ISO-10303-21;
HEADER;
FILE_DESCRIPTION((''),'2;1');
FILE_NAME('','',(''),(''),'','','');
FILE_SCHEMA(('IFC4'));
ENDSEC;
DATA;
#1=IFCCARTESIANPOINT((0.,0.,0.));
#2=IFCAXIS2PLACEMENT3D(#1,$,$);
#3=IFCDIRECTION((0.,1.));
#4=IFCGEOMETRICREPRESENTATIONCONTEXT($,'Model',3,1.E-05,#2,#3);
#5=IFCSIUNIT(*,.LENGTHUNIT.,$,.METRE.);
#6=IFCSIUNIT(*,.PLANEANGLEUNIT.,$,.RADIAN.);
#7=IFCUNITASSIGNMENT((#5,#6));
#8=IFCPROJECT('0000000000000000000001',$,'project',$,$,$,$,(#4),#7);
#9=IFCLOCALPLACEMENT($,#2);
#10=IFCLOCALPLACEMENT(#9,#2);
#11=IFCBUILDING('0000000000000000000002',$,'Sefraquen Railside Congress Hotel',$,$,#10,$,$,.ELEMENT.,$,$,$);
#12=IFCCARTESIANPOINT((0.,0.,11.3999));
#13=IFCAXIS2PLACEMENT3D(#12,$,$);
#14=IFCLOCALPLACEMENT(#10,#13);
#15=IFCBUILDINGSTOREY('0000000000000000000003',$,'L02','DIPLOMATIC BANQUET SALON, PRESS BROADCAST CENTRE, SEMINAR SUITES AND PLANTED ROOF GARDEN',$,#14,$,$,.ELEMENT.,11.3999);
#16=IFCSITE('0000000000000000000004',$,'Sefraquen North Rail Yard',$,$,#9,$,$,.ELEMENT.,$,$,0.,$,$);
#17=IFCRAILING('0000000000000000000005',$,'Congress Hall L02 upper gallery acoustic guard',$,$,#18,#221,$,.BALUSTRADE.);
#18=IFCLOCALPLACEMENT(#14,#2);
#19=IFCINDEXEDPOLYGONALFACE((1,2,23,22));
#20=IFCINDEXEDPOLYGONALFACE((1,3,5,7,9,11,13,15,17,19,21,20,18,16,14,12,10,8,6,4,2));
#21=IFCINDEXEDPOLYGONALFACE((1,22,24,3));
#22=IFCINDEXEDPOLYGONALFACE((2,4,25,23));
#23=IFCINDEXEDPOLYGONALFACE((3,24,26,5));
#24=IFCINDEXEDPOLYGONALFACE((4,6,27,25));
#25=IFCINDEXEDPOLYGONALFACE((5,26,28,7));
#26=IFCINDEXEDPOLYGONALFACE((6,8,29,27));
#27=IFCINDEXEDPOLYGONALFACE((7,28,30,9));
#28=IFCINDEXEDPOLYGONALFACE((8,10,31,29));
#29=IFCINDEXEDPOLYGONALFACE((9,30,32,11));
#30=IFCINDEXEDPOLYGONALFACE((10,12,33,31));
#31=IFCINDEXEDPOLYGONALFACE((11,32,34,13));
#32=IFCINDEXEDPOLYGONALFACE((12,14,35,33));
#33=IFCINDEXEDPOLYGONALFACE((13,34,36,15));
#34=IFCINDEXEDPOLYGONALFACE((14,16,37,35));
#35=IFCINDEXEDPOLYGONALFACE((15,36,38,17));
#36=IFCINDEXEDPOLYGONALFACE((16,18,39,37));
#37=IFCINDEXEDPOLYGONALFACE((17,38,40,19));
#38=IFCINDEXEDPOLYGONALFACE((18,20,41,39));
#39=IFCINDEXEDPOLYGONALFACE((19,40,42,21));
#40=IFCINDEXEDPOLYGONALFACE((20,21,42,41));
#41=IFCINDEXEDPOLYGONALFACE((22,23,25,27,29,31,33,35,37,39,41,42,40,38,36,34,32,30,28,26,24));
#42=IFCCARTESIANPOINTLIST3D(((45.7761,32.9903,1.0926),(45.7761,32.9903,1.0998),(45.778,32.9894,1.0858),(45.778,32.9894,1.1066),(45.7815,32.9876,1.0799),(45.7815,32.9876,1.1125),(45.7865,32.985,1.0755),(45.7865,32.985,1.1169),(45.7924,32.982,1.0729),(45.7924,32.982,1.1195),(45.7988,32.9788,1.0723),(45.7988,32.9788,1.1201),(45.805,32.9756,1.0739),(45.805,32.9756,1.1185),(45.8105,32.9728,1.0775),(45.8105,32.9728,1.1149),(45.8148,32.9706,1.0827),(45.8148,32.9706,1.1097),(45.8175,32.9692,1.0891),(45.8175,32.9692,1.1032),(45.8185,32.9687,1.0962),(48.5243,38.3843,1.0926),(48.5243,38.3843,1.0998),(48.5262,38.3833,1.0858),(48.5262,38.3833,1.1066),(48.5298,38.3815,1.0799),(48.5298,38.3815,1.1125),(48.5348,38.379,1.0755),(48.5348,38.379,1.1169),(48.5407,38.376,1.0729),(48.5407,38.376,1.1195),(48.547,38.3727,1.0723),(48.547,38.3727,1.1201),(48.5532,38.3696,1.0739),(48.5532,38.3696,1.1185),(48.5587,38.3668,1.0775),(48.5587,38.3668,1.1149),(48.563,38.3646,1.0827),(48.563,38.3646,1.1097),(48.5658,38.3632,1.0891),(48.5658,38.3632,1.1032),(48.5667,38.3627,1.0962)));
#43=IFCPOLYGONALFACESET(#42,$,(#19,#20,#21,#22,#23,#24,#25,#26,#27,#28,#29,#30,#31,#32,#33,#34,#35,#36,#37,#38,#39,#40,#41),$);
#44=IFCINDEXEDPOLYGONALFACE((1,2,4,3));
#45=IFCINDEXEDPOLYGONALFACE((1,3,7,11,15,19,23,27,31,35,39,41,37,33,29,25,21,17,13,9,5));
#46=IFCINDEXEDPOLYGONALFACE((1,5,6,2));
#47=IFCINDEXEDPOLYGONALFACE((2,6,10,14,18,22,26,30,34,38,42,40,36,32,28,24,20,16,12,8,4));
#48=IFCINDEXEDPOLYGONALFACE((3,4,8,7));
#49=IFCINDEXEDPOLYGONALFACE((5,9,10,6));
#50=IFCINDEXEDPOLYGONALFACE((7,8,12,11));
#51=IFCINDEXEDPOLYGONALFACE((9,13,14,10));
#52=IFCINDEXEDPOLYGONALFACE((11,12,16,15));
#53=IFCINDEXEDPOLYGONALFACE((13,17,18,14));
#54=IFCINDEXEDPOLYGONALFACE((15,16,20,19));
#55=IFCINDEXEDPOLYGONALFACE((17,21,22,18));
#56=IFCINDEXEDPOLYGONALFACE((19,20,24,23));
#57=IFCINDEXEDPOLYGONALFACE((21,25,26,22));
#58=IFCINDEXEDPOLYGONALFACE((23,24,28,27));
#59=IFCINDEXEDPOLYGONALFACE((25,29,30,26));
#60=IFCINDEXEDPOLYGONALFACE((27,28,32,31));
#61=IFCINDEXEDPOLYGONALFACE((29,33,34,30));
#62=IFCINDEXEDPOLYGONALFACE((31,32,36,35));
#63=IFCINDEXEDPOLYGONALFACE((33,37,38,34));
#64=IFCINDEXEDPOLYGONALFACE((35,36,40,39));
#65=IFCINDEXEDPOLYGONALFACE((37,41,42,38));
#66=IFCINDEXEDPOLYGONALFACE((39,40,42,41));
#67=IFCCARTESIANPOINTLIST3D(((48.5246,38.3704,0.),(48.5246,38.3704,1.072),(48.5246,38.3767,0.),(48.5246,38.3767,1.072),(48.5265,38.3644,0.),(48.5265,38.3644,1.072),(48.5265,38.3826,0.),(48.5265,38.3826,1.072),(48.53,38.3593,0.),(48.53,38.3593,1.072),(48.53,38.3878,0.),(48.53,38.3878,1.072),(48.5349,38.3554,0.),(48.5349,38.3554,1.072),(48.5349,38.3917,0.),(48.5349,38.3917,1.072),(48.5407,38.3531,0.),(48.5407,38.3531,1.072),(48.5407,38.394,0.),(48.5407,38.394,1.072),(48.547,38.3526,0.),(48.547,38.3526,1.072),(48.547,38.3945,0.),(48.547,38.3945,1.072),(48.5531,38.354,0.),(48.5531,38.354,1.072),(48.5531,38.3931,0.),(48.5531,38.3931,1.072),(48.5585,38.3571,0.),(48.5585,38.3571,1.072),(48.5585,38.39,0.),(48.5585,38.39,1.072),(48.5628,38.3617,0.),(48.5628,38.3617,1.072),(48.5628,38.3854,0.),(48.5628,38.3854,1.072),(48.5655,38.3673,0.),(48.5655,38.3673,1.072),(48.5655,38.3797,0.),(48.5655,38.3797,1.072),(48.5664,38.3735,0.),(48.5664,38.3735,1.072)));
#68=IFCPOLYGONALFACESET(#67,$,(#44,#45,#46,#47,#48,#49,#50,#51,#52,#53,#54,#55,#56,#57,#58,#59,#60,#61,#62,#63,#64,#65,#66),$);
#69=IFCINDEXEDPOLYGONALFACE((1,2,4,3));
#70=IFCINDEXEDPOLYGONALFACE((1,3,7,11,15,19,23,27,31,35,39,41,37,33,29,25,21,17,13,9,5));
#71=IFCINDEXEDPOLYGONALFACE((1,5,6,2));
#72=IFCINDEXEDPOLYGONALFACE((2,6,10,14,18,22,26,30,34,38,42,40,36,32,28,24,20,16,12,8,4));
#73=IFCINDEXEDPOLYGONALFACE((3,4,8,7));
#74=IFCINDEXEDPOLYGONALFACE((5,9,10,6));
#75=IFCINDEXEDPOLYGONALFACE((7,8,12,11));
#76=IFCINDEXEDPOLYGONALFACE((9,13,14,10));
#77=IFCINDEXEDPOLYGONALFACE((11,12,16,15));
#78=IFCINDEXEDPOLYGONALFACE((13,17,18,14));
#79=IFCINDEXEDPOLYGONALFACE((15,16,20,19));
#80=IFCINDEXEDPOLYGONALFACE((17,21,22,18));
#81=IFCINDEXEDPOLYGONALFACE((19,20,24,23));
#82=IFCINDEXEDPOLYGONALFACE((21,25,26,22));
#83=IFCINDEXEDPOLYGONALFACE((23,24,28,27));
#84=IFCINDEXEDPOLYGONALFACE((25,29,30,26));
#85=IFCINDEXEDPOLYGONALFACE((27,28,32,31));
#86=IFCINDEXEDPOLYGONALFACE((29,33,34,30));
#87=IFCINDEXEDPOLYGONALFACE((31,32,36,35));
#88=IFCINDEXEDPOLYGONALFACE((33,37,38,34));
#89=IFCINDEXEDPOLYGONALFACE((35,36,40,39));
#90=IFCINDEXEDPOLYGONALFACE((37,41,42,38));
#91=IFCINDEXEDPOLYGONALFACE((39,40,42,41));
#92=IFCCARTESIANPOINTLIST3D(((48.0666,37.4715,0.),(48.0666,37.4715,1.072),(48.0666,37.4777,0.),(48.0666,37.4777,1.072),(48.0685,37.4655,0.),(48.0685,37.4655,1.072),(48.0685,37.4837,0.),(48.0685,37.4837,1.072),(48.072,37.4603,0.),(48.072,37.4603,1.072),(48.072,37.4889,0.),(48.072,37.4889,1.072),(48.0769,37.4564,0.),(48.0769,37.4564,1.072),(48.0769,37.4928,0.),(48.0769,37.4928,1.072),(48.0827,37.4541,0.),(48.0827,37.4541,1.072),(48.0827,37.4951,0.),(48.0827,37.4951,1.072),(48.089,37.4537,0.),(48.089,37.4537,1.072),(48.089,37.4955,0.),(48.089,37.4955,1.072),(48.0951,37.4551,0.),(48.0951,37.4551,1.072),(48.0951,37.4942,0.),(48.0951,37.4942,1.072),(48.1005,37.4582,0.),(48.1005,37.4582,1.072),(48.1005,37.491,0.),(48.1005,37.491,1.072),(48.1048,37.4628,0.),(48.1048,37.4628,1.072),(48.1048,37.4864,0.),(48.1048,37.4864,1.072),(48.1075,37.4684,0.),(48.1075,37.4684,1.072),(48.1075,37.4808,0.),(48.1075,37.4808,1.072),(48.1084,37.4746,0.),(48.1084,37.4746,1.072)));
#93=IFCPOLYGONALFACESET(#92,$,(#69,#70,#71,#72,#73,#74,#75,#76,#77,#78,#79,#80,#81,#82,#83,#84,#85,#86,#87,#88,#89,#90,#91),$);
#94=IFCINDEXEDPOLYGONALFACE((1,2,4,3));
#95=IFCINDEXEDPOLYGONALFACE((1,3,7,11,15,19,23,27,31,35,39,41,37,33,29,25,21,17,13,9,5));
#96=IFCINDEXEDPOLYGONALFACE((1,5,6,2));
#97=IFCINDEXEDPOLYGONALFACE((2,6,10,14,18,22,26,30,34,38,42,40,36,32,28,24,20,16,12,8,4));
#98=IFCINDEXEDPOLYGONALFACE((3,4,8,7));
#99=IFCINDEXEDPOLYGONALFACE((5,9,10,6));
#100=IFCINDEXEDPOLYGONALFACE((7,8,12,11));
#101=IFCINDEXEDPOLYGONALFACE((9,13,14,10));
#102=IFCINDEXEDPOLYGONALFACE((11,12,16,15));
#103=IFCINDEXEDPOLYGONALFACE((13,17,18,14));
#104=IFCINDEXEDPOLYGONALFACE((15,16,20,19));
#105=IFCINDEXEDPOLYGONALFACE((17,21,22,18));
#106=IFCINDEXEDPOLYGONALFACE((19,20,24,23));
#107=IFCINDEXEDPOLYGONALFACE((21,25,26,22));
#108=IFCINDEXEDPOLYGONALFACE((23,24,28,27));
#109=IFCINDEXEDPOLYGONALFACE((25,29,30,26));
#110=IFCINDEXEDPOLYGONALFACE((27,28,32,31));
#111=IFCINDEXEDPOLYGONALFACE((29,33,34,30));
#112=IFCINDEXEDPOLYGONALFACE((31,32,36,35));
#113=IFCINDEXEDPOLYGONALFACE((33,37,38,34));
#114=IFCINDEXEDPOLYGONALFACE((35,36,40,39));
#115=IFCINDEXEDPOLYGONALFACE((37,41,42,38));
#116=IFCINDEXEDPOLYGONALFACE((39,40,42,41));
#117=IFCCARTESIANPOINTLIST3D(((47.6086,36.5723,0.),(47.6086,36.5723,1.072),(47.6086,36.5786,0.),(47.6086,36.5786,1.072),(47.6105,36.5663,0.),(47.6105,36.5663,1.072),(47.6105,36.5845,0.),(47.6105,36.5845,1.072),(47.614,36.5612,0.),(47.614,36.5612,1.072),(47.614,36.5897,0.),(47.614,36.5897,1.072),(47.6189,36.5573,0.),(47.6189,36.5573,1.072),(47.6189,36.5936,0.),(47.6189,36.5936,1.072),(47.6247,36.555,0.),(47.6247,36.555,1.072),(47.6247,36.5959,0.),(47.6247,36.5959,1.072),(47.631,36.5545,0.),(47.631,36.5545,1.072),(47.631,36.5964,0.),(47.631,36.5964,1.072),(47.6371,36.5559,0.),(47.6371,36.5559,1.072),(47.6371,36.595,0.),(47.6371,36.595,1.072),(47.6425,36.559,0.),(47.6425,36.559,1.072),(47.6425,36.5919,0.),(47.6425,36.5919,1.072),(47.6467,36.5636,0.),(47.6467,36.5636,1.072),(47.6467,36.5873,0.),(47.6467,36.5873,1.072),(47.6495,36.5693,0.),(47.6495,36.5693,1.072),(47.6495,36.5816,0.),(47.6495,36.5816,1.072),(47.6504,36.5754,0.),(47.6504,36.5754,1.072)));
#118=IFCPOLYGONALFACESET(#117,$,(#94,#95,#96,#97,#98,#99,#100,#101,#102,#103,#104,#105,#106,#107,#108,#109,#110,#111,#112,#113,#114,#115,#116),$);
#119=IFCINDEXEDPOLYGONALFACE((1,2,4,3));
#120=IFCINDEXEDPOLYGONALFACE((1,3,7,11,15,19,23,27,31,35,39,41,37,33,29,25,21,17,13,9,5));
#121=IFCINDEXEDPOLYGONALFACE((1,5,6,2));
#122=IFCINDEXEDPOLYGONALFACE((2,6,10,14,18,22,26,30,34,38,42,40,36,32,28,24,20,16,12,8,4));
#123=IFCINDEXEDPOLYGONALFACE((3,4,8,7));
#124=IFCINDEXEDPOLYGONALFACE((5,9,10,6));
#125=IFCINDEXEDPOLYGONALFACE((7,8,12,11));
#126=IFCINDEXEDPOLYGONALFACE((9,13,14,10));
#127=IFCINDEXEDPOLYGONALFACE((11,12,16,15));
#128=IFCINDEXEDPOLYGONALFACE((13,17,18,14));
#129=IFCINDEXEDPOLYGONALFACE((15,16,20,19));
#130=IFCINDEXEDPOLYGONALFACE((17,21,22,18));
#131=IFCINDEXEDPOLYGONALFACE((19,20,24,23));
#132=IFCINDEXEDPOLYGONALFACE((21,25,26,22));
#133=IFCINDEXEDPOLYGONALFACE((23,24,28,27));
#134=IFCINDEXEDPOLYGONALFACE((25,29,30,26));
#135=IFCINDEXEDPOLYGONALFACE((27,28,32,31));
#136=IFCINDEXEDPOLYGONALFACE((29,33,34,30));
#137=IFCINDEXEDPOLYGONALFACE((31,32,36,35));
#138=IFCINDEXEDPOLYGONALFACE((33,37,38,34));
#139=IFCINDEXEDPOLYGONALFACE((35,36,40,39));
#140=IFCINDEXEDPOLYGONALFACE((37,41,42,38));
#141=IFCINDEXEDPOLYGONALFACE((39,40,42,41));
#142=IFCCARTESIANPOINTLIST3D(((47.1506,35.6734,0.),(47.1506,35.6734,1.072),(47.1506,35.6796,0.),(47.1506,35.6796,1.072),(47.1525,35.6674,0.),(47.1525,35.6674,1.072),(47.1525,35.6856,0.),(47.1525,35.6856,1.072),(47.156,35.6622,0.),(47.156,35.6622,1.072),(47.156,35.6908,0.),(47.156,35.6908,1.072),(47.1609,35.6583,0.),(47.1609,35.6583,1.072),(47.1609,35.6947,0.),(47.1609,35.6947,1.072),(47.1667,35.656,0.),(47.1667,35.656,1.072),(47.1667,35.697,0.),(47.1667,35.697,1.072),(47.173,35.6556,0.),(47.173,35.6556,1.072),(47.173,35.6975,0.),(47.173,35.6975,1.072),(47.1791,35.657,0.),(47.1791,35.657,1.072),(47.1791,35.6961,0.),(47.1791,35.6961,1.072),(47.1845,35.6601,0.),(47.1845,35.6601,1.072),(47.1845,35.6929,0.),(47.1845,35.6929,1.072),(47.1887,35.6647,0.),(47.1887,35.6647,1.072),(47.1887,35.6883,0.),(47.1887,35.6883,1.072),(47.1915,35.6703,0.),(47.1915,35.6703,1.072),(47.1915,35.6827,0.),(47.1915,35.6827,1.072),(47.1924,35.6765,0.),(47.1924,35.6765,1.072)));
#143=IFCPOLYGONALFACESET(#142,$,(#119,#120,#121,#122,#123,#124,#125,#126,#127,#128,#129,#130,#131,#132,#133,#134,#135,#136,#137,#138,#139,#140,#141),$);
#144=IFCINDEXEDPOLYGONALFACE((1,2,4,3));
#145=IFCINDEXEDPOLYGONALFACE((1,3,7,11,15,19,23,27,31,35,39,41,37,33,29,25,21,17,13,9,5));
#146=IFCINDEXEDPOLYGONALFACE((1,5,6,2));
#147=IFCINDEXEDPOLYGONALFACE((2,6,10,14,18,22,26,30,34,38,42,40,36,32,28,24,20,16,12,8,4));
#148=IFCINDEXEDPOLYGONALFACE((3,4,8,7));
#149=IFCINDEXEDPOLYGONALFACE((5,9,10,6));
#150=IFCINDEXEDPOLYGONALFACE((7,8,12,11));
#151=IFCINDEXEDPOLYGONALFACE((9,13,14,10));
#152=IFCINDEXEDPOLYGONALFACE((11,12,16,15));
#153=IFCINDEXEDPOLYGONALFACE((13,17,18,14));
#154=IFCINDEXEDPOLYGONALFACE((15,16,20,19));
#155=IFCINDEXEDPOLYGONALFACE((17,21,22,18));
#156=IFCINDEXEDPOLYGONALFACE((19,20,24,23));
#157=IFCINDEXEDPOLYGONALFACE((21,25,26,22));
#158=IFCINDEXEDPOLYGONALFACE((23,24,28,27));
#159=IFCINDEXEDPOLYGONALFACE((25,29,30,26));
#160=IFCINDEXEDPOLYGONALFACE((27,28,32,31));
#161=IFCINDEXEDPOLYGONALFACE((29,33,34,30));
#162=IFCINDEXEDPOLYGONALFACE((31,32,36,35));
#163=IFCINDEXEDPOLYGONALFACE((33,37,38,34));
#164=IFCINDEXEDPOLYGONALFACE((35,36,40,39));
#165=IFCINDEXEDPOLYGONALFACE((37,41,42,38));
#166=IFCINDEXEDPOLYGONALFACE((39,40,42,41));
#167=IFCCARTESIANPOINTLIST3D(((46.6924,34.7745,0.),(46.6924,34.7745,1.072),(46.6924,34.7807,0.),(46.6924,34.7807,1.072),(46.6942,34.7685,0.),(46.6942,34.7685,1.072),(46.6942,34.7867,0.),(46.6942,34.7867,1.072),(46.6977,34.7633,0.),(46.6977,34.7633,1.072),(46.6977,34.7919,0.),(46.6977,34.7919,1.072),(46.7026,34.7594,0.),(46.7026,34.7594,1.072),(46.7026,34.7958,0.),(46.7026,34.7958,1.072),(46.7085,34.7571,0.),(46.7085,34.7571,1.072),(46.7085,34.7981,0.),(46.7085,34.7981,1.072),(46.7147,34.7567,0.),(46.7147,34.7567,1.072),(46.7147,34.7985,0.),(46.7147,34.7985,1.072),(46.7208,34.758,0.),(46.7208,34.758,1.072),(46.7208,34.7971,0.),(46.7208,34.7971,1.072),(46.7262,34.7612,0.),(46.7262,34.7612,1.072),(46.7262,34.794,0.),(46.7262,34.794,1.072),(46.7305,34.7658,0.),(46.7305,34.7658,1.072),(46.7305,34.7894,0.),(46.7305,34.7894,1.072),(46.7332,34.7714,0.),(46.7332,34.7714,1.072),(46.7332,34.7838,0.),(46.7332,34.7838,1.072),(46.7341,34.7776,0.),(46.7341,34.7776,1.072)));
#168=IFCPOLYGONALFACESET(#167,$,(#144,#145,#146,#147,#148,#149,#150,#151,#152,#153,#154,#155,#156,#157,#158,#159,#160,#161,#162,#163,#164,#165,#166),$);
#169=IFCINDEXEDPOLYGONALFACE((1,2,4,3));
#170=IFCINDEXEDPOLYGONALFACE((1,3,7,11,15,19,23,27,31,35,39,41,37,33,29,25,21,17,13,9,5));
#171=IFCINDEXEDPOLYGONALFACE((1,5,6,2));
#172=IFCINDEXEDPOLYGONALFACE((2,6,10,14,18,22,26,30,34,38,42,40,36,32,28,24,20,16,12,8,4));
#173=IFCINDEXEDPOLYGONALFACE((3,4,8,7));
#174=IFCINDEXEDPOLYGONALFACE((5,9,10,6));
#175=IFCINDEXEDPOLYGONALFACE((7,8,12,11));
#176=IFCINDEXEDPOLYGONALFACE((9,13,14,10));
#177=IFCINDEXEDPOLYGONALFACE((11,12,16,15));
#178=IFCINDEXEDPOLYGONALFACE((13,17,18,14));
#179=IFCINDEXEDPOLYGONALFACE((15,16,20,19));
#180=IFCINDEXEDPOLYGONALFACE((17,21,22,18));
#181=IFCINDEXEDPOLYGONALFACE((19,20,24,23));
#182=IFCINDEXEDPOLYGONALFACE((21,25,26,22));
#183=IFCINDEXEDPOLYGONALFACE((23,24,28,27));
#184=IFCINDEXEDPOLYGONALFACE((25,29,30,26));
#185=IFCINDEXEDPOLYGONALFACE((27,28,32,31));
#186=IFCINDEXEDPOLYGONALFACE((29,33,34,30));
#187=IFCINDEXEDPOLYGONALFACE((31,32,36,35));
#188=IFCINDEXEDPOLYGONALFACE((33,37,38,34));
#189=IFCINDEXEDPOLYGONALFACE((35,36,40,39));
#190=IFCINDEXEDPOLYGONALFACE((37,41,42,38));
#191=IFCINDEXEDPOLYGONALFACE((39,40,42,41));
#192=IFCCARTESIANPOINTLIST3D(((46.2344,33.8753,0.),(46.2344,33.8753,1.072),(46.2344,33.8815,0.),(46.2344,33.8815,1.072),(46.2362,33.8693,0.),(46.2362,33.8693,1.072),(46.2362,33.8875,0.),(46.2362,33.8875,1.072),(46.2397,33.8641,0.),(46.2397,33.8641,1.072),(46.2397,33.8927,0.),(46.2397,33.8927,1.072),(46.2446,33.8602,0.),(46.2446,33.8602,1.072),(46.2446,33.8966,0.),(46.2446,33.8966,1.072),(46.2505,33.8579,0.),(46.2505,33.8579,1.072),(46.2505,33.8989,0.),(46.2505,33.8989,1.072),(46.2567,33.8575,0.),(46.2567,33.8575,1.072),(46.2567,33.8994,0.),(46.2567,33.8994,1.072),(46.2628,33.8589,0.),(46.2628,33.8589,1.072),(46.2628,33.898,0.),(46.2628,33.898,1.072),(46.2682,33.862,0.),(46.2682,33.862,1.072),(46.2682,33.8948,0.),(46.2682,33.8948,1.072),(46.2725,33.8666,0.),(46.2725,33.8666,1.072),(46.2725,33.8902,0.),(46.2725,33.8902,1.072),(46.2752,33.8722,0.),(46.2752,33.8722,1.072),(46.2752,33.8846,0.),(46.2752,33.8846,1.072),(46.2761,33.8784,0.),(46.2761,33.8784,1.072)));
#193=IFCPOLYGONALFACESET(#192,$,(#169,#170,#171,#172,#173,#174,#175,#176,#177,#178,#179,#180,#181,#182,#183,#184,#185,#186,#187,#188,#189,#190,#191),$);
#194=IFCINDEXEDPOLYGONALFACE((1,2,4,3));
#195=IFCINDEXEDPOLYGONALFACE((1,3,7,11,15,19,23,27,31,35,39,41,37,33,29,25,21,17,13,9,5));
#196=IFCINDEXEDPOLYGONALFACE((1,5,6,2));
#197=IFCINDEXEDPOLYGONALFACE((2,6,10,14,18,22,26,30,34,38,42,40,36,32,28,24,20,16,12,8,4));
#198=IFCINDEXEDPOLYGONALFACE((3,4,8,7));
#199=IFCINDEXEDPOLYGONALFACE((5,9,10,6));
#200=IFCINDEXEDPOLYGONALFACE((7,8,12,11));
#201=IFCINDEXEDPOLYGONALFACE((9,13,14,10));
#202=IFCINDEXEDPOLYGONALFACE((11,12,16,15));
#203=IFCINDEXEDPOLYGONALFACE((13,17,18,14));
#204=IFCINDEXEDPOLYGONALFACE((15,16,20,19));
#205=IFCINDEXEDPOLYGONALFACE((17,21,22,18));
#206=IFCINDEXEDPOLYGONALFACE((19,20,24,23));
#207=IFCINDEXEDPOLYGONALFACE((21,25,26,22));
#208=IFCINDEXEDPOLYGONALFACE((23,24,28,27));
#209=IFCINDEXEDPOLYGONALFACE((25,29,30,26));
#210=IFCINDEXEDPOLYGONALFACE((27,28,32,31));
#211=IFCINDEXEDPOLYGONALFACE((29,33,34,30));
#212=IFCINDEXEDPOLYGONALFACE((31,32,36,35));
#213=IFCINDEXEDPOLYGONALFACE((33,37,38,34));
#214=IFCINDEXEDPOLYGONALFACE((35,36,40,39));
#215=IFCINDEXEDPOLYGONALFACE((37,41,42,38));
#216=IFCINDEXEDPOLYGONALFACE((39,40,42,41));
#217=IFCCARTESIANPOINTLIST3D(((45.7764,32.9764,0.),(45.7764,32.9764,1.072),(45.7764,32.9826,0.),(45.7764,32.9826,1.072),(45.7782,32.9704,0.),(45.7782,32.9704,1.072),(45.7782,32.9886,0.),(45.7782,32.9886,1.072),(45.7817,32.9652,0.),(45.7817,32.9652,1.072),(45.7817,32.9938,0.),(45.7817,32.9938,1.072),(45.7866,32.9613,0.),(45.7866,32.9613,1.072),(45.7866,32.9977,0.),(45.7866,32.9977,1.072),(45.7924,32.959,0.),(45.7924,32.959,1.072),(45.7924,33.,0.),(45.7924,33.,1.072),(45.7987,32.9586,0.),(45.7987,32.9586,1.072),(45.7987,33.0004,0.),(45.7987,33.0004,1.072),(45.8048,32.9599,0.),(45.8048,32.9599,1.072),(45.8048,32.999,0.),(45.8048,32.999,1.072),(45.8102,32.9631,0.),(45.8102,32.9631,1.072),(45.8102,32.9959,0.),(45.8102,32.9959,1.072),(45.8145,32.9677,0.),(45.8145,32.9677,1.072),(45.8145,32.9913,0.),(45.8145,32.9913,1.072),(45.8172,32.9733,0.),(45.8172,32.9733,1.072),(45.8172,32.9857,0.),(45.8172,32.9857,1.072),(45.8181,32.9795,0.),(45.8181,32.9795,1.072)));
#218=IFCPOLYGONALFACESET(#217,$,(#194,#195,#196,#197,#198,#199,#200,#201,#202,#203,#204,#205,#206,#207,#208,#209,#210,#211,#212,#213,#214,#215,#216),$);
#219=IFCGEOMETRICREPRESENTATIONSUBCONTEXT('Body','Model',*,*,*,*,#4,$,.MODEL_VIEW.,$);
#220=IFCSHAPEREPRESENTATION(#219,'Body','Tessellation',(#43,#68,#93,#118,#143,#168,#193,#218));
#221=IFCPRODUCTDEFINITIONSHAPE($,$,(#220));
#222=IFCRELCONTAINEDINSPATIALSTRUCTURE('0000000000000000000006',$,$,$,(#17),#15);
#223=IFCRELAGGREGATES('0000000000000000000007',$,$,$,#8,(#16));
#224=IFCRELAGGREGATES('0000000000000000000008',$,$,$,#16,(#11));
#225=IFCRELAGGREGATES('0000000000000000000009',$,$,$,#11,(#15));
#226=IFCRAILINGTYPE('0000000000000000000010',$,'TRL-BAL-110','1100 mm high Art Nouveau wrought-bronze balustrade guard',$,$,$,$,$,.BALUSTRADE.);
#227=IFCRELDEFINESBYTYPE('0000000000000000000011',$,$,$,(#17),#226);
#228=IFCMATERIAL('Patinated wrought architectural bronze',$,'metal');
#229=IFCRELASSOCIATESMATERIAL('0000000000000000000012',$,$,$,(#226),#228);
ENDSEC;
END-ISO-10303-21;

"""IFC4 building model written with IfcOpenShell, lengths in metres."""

from ifc_helpers import new_model, si_unit, direction, frame, origin, origin_2d, place, context, subcontext, project, spatial, circle, extrude, material, type_object, element, save


model = new_model("IFC4")

# Units and contexts
model_context = context("Model", 3, precision=1e-05, world=origin(), true_north=direction((0.0, 1.0)))
body_context = subcontext(model_context, "Body", "Model", "MODEL_VIEW")
ifc_project = project(units=[si_unit("LENGTHUNIT", "METRE"), si_unit("PLANEANGLEUNIT", "RADIAN")], contexts=[model_context])

# Site, building, storey
site_placement = place(None, origin())
site = spatial("IfcSite", under=ifc_project, at=site_placement, Name="Sefraquen North Rail Yard", CompositionType="ELEMENT", RefElevation=0.0)
building_placement = place(site_placement, origin())
building = spatial("IfcBuilding", under=site, at=building_placement, Name="Sefraquen Railside Congress Hotel", CompositionType="ELEMENT")
storey_placement = place(building_placement, frame((0.0, 0.0, 11.3999)))
storey = spatial("IfcBuildingStorey", under=building, at=storey_placement, Name="L02", Description="DIPLOMATIC BANQUET SALON, PRESS BROADCAST CENTRE, SEMINAR SUITES AND PLANTED ROOF GARDEN", CompositionType="ELEMENT", Elevation=11.3999)

# Railing
ifc_material_1 = material(Name="Patinated wrought architectural bronze", Category="metal")
railing_type = type_object("IfcRailingType", Name="TRL-BAL-110", Description="1100 mm high Art Nouveau wrought-bronze balustrade guard", PredefinedType="BALUSTRADE", material=ifc_material_1)
railing_1_placement = place(storey_placement, frame((48.5454, 38.3735, 0.0)))
element("IfcRailing", 1, at=railing_1_placement, inside=storey, type_object=railing_type, Name="Congress Hall L02 upper gallery acoustic guard", PredefinedType="BALUSTRADE", context=body_context, shape_type="SweptSolid", body=[
    extrude(circle(Radius=0.0239, at=origin_2d()), frame((0.0, 0.0, 1.0962), z_axis=(-0.453976, -0.891014, 0.0), x_axis=(0.891014, -0.453976, 0.0)), (0.0, 0.0, 1.0), 6.0537),
    extrude(circle(Radius=0.021, at=origin_2d()), origin(), (0.0, 0.0, 1.0), 1.072),
    extrude(circle(Radius=0.021, at=origin_2d()), frame((-0.458, -0.8989, 0.0)), (0.0, 0.0, 1.0), 1.072),
    extrude(circle(Radius=0.021, at=origin_2d()), frame((-0.916, -1.7981, 0.0)), (0.0, 0.0, 1.0), 1.072),
    extrude(circle(Radius=0.021, at=origin_2d()), frame((-1.374, -2.697, 0.0)), (0.0, 0.0, 1.0), 1.072),
    extrude(circle(Radius=0.021, at=origin_2d()), frame((-1.8323, -3.5959, 0.0)), (0.0, 0.0, 1.0), 1.072),
    extrude(circle(Radius=0.021, at=origin_2d()), frame((-2.2903, -4.4951, 0.0)), (0.0, 0.0, 1.0), 1.072),
    extrude(circle(Radius=0.021, at=origin_2d()), frame((-2.7483, -5.394, 0.0)), (0.0, 0.0, 1.0), 1.072),
])

save(model, "model.ifc")
